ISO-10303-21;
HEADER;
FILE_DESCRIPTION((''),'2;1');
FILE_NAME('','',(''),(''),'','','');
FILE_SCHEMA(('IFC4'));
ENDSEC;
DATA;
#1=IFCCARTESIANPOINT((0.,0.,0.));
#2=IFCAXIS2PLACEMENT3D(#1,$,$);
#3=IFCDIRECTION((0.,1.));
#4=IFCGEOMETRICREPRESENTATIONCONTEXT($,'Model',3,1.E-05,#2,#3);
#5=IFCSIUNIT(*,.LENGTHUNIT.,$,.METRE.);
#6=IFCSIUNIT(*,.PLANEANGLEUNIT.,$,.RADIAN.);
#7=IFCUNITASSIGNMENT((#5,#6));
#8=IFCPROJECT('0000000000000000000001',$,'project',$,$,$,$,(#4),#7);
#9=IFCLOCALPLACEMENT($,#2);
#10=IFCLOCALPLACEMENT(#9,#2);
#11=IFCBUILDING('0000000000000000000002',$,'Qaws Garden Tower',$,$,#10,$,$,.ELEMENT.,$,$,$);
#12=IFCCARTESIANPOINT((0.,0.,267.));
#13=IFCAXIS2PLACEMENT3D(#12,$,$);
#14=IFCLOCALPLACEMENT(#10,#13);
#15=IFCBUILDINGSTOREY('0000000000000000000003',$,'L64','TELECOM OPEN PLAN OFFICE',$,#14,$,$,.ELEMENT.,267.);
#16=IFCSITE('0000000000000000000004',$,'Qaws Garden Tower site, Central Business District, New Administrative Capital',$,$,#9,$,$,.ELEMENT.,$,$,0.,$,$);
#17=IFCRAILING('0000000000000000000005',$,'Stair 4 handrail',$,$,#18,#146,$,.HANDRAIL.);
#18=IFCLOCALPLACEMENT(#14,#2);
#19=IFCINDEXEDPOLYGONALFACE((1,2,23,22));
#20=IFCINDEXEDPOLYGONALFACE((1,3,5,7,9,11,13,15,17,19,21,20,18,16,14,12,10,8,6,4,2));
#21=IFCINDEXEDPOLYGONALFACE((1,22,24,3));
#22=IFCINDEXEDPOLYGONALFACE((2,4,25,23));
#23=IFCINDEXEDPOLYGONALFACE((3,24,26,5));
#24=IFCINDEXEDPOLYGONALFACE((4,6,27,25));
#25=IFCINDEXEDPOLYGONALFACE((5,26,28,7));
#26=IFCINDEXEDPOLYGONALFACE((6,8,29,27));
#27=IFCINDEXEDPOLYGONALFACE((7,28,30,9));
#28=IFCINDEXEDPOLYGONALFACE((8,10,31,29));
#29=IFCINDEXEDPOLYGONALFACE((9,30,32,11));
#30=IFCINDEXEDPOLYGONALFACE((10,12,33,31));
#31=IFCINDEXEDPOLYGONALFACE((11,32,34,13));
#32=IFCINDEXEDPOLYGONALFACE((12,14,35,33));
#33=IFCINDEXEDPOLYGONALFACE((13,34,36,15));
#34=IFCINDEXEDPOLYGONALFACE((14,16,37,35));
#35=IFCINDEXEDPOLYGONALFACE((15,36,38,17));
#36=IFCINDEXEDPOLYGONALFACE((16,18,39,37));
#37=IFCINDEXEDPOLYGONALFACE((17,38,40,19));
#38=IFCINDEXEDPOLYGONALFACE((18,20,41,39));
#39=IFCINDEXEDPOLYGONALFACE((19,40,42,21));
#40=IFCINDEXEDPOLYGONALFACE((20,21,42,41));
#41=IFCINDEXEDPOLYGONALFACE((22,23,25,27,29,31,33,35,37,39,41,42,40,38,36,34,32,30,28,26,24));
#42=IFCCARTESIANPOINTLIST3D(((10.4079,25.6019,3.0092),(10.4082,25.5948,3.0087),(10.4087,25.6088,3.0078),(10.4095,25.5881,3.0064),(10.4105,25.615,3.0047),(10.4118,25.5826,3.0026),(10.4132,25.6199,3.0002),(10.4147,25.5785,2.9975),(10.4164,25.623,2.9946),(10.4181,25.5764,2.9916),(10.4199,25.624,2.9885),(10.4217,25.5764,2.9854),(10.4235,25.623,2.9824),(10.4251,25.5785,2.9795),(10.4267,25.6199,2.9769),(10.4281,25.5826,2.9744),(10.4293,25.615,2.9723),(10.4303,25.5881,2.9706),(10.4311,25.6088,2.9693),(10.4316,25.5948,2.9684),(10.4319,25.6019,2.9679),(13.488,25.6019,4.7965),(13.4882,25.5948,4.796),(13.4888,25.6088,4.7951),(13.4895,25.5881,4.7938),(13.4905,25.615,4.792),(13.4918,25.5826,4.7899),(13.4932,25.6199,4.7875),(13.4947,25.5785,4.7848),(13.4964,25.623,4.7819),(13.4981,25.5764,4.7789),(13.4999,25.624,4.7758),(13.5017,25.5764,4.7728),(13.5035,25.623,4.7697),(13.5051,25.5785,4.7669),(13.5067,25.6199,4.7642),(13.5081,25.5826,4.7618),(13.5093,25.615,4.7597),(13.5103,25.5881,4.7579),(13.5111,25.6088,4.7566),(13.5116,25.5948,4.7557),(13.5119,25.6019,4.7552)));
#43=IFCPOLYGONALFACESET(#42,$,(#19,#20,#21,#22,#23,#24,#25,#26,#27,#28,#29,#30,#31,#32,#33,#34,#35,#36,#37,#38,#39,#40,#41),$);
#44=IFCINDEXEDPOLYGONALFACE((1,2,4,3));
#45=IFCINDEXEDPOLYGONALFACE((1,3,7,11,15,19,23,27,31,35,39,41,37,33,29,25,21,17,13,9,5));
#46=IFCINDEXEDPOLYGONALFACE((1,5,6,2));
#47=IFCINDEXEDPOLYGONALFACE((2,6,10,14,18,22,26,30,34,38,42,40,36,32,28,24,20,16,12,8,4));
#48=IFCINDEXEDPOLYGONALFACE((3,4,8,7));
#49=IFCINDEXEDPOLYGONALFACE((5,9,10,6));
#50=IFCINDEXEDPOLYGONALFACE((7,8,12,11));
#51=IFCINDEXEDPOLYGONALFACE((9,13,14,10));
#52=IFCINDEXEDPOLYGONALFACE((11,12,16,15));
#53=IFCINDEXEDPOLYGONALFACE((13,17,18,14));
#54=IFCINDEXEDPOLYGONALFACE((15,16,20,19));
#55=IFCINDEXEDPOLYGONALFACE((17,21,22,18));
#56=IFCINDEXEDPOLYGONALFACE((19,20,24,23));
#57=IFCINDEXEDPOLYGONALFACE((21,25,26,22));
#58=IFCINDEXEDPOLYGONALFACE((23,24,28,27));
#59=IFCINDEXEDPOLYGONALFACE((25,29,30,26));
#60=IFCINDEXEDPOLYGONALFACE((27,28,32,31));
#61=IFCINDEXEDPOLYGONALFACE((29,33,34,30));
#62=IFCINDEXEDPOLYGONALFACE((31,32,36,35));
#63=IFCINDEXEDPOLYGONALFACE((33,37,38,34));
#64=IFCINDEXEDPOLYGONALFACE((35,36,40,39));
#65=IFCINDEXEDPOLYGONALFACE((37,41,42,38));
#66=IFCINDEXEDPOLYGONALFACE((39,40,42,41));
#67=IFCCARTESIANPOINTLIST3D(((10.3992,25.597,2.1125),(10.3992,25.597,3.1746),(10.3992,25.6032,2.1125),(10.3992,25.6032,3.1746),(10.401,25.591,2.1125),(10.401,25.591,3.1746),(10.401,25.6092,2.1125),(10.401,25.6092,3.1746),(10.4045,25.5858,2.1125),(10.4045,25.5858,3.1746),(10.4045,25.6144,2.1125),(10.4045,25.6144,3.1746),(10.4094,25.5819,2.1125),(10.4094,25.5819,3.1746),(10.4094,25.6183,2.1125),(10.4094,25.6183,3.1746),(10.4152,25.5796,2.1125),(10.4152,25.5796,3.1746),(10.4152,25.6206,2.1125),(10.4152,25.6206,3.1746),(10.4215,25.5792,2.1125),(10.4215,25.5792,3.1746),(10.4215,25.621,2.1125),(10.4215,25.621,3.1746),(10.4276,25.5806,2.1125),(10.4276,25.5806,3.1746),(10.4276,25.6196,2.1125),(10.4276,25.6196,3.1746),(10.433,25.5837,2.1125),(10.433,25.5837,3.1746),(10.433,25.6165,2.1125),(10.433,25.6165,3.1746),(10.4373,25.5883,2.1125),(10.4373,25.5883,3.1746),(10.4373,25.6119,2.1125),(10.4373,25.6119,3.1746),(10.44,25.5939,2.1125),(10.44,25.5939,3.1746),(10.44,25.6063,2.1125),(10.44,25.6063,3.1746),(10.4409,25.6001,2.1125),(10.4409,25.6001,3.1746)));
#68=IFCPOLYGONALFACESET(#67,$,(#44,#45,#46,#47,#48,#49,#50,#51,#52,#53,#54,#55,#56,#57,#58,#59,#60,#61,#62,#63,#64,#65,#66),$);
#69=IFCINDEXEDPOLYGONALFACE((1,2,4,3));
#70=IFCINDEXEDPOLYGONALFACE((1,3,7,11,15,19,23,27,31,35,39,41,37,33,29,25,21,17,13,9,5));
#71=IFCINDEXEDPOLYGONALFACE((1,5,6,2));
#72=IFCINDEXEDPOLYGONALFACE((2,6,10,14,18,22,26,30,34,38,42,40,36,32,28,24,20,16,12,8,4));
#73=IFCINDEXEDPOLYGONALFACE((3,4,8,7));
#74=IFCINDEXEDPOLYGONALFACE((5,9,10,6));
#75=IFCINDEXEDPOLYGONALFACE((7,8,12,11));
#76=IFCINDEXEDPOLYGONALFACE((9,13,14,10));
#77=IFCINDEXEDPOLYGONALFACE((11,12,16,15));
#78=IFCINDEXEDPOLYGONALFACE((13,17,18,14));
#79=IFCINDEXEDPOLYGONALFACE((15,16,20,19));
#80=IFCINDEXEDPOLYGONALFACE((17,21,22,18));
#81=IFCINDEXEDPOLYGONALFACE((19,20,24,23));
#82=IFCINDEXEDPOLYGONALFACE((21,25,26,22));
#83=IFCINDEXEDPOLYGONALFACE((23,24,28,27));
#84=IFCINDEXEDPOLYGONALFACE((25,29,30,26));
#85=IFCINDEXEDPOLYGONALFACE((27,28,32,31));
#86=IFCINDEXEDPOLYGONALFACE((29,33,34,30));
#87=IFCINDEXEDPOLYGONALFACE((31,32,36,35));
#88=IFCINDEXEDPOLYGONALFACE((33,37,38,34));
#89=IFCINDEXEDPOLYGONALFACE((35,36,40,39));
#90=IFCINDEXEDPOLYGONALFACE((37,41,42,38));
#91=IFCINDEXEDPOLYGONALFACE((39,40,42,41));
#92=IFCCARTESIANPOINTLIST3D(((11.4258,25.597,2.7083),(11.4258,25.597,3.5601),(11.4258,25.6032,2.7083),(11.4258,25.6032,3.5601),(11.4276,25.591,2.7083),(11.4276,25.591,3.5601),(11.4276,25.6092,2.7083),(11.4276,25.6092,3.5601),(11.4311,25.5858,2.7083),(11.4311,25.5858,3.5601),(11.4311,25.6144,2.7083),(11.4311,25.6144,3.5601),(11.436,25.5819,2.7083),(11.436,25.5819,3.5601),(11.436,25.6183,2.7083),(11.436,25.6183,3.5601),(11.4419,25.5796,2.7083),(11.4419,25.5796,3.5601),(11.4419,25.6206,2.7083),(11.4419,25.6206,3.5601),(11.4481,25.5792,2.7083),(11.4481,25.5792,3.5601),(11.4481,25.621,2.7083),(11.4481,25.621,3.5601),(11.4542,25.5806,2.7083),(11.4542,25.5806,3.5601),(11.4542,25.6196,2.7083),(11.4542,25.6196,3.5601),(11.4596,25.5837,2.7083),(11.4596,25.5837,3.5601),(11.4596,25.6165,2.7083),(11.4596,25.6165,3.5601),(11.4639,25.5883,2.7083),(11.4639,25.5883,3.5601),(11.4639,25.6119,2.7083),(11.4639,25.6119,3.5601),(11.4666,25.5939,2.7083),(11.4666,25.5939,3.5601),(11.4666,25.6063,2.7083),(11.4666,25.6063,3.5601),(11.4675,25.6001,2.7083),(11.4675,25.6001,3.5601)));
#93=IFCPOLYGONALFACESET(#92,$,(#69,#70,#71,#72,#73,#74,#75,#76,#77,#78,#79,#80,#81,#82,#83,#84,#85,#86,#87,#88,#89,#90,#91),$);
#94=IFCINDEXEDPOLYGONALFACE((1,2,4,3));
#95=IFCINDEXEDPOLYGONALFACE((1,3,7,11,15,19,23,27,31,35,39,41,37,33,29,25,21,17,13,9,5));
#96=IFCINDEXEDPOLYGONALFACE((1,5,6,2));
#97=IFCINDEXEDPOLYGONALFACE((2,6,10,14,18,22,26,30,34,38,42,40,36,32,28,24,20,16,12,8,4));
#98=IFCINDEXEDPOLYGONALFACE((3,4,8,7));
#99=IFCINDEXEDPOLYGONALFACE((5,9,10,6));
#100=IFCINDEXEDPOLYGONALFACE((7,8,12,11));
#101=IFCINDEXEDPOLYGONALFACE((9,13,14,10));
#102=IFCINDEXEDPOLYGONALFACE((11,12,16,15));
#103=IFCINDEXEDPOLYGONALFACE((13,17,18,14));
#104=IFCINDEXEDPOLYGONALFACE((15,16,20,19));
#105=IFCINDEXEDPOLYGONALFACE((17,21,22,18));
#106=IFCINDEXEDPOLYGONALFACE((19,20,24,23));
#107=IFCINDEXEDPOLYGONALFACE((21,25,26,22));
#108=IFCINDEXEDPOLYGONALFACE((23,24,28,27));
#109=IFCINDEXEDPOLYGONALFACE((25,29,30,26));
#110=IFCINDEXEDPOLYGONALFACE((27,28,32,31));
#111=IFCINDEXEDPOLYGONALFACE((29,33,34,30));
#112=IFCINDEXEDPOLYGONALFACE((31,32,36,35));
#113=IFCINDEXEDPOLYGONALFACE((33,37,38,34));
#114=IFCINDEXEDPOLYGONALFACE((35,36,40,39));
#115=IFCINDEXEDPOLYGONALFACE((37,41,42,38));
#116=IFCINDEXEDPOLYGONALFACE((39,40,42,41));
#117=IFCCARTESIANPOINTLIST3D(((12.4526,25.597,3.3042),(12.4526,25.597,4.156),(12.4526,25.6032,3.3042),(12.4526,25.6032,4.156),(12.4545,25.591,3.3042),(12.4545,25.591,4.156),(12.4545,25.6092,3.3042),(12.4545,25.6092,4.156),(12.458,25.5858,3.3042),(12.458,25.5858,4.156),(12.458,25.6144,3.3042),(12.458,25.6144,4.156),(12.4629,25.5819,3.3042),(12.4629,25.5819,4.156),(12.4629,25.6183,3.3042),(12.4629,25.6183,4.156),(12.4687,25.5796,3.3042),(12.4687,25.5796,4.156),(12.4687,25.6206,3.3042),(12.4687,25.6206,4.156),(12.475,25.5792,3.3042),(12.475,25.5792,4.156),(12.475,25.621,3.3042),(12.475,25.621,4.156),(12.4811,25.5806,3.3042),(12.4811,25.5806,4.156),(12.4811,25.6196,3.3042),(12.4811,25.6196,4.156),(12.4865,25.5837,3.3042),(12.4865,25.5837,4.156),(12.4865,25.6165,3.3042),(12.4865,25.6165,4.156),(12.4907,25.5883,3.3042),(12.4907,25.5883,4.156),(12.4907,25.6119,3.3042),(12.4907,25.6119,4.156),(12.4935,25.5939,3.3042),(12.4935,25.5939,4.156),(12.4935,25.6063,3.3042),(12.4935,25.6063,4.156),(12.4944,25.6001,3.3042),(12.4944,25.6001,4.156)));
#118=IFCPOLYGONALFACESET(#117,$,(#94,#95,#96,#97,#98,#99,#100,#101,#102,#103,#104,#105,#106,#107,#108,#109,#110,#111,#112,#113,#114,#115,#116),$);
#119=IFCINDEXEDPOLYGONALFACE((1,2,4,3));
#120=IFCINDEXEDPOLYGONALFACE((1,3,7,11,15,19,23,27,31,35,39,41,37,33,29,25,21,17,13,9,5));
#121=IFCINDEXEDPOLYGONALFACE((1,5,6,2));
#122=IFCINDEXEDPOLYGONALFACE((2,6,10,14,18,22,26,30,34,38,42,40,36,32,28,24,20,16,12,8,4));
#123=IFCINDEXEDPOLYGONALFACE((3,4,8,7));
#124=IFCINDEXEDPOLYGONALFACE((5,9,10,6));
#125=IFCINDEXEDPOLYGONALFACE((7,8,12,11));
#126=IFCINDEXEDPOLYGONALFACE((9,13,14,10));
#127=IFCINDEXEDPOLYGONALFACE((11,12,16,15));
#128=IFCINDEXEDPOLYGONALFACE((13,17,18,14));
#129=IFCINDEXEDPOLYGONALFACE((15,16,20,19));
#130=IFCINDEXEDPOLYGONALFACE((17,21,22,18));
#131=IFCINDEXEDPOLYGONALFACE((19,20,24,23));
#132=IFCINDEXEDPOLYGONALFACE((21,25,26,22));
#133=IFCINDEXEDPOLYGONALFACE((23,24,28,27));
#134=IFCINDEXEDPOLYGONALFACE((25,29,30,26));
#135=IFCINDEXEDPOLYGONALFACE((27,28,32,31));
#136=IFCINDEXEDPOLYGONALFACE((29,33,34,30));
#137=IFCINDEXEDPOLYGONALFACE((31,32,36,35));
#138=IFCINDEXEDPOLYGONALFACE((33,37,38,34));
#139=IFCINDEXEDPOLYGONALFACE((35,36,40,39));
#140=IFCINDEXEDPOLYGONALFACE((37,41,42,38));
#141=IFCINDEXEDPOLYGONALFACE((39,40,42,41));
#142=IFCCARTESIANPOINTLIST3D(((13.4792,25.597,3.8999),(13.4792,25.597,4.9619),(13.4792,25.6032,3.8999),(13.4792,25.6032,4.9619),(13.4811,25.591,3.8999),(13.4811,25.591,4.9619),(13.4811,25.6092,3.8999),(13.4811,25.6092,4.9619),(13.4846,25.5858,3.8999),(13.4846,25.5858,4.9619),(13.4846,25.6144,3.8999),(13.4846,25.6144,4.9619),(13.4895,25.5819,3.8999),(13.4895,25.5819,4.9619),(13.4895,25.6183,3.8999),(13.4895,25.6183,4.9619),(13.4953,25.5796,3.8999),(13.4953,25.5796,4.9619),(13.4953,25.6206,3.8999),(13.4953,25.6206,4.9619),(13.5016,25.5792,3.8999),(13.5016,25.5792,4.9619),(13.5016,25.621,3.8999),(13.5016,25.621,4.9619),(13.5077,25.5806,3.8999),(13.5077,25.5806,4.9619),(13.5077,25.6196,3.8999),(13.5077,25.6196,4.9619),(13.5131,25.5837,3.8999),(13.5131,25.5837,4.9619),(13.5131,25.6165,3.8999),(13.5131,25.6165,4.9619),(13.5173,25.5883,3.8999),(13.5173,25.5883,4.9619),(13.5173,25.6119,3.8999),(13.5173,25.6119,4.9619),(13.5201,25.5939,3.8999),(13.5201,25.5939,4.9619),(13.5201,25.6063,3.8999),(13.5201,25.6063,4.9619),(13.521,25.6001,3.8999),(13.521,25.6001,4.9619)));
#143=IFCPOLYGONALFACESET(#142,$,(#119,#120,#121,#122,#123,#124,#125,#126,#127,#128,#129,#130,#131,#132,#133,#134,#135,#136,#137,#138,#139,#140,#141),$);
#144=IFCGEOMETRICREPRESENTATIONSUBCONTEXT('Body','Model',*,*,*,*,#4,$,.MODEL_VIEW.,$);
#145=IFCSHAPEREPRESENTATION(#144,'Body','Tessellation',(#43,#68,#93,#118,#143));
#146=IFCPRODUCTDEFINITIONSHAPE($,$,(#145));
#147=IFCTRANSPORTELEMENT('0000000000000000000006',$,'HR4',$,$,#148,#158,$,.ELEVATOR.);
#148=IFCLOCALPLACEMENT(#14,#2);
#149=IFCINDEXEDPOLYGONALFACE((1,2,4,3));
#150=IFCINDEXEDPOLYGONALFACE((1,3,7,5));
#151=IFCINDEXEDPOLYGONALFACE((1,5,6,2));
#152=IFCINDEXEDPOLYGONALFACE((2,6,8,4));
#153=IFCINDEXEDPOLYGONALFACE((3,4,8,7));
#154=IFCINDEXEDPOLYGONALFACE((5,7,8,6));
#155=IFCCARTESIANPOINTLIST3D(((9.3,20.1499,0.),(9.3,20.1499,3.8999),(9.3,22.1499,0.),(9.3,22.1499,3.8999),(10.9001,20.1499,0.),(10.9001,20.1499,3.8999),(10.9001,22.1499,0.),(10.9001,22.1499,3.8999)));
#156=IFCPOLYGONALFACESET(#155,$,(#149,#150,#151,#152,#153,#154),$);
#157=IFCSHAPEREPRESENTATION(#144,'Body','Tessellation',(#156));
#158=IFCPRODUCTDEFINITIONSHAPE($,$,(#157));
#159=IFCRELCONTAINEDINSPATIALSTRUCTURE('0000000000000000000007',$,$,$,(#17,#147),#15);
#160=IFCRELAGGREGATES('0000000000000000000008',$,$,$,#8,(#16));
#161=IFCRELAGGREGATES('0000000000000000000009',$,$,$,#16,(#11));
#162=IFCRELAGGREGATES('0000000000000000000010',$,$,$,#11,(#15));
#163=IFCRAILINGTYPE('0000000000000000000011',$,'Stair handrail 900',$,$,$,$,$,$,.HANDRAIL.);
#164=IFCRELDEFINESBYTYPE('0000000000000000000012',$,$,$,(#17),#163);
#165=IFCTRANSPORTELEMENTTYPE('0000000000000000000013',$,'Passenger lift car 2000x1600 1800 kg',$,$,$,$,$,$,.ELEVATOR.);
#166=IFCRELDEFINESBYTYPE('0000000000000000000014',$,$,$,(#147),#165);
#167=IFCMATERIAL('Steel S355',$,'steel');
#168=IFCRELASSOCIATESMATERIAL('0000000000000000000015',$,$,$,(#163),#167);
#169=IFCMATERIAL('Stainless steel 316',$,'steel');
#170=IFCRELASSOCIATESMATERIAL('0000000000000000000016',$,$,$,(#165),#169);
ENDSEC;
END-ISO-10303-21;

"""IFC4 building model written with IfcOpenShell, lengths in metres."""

from ifc_helpers import new_model, si_unit, direction, frame, origin, origin_2d, place, context, subcontext, project, spatial, rectangle, circle, extrude, material, type_object, element, save


model = new_model("IFC4")

# Units and contexts
model_context = context("Model", 3, precision=1e-05, world=origin(), true_north=direction((0.0, 1.0)))
body_context = subcontext(model_context, "Body", "Model", "MODEL_VIEW")
ifc_project = project(units=[si_unit("LENGTHUNIT", "METRE"), si_unit("PLANEANGLEUNIT", "RADIAN")], contexts=[model_context])

# Site, building, storey
site_placement = place(None, origin())
site = spatial("IfcSite", under=ifc_project, at=site_placement, Name="Qaws Garden Tower site, Central Business District, New Administrative Capital", CompositionType="ELEMENT", RefElevation=0.0)
building_placement = place(site_placement, origin())
building = spatial("IfcBuilding", under=site, at=building_placement, Name="Qaws Garden Tower", CompositionType="ELEMENT")
storey_placement = place(building_placement, frame((0.0, 0.0, 267.0)))
storey = spatial("IfcBuildingStorey", under=building, at=storey_placement, Name="L64", Description="TELECOM OPEN PLAN OFFICE", CompositionType="ELEMENT", Elevation=267.0)

# Railing
ifc_material_1 = material(Name="Steel S355", Category="steel")
railing_type = type_object("IfcRailingType", Name="Stair handrail 900", PredefinedType="HANDRAIL", material=ifc_material_1)
railing_1_placement = place(storey_placement, frame((10.4199, 25.6001, 2.1125)))
element("IfcRailing", 1, at=railing_1_placement, inside=storey, type_object=railing_type, Name="Stair 4 handrail", PredefinedType="HANDRAIL", context=body_context, shape_type="SweptSolid", body=[
    extrude(circle(Radius=0.0239, at=origin_2d()), frame((0.0, 0.0, 0.876), z_axis=(0.86492, 0.0, 0.501909), x_axis=(0.0, 1.0, 0.0)), (0.0, 0.0, 1.0), 3.561),
    extrude(circle(Radius=0.021, at=origin_2d()), origin(), (0.0, 0.0, 1.0), 1.062),
    extrude(circle(Radius=0.021, at=origin_2d()), frame((1.0266, 0.0, 0.5957)), (0.0, 0.0, 1.0), 0.8518),
    extrude(circle(Radius=0.021, at=origin_2d()), frame((2.0535, 0.0, 1.1917)), (0.0, 0.0, 1.0), 0.8518),
    extrude(circle(Radius=0.021, at=origin_2d()), frame((3.0801, 0.0, 1.7874)), (0.0, 0.0, 1.0), 1.062),
])

# Transport element
ifc_material_2 = material(Name="Stainless steel 316", Category="steel")
transport_element_type = type_object("IfcTransportElementType", Name="Passenger lift car 2000x1600 1800 kg", PredefinedType="ELEVATOR", material=ifc_material_2)
transport_element_placement = place(storey_placement, frame((10.1001, 21.1499, 0.0), z_axis=(0.0, 0.0, 1.0), x_axis=(1.0, 0.0, 0.0)))
element("IfcTransportElement", 2, at=transport_element_placement, inside=storey, type_object=transport_element_type, Name="HR4", PredefinedType="ELEVATOR", context=body_context, shape_type="SweptSolid", body=[
    extrude(rectangle(XDim=1.6001, YDim=2.0, at=origin_2d()), origin(), (0.0, 0.0, 1.0), 3.8999),
])

save(model, "model.ifc")
